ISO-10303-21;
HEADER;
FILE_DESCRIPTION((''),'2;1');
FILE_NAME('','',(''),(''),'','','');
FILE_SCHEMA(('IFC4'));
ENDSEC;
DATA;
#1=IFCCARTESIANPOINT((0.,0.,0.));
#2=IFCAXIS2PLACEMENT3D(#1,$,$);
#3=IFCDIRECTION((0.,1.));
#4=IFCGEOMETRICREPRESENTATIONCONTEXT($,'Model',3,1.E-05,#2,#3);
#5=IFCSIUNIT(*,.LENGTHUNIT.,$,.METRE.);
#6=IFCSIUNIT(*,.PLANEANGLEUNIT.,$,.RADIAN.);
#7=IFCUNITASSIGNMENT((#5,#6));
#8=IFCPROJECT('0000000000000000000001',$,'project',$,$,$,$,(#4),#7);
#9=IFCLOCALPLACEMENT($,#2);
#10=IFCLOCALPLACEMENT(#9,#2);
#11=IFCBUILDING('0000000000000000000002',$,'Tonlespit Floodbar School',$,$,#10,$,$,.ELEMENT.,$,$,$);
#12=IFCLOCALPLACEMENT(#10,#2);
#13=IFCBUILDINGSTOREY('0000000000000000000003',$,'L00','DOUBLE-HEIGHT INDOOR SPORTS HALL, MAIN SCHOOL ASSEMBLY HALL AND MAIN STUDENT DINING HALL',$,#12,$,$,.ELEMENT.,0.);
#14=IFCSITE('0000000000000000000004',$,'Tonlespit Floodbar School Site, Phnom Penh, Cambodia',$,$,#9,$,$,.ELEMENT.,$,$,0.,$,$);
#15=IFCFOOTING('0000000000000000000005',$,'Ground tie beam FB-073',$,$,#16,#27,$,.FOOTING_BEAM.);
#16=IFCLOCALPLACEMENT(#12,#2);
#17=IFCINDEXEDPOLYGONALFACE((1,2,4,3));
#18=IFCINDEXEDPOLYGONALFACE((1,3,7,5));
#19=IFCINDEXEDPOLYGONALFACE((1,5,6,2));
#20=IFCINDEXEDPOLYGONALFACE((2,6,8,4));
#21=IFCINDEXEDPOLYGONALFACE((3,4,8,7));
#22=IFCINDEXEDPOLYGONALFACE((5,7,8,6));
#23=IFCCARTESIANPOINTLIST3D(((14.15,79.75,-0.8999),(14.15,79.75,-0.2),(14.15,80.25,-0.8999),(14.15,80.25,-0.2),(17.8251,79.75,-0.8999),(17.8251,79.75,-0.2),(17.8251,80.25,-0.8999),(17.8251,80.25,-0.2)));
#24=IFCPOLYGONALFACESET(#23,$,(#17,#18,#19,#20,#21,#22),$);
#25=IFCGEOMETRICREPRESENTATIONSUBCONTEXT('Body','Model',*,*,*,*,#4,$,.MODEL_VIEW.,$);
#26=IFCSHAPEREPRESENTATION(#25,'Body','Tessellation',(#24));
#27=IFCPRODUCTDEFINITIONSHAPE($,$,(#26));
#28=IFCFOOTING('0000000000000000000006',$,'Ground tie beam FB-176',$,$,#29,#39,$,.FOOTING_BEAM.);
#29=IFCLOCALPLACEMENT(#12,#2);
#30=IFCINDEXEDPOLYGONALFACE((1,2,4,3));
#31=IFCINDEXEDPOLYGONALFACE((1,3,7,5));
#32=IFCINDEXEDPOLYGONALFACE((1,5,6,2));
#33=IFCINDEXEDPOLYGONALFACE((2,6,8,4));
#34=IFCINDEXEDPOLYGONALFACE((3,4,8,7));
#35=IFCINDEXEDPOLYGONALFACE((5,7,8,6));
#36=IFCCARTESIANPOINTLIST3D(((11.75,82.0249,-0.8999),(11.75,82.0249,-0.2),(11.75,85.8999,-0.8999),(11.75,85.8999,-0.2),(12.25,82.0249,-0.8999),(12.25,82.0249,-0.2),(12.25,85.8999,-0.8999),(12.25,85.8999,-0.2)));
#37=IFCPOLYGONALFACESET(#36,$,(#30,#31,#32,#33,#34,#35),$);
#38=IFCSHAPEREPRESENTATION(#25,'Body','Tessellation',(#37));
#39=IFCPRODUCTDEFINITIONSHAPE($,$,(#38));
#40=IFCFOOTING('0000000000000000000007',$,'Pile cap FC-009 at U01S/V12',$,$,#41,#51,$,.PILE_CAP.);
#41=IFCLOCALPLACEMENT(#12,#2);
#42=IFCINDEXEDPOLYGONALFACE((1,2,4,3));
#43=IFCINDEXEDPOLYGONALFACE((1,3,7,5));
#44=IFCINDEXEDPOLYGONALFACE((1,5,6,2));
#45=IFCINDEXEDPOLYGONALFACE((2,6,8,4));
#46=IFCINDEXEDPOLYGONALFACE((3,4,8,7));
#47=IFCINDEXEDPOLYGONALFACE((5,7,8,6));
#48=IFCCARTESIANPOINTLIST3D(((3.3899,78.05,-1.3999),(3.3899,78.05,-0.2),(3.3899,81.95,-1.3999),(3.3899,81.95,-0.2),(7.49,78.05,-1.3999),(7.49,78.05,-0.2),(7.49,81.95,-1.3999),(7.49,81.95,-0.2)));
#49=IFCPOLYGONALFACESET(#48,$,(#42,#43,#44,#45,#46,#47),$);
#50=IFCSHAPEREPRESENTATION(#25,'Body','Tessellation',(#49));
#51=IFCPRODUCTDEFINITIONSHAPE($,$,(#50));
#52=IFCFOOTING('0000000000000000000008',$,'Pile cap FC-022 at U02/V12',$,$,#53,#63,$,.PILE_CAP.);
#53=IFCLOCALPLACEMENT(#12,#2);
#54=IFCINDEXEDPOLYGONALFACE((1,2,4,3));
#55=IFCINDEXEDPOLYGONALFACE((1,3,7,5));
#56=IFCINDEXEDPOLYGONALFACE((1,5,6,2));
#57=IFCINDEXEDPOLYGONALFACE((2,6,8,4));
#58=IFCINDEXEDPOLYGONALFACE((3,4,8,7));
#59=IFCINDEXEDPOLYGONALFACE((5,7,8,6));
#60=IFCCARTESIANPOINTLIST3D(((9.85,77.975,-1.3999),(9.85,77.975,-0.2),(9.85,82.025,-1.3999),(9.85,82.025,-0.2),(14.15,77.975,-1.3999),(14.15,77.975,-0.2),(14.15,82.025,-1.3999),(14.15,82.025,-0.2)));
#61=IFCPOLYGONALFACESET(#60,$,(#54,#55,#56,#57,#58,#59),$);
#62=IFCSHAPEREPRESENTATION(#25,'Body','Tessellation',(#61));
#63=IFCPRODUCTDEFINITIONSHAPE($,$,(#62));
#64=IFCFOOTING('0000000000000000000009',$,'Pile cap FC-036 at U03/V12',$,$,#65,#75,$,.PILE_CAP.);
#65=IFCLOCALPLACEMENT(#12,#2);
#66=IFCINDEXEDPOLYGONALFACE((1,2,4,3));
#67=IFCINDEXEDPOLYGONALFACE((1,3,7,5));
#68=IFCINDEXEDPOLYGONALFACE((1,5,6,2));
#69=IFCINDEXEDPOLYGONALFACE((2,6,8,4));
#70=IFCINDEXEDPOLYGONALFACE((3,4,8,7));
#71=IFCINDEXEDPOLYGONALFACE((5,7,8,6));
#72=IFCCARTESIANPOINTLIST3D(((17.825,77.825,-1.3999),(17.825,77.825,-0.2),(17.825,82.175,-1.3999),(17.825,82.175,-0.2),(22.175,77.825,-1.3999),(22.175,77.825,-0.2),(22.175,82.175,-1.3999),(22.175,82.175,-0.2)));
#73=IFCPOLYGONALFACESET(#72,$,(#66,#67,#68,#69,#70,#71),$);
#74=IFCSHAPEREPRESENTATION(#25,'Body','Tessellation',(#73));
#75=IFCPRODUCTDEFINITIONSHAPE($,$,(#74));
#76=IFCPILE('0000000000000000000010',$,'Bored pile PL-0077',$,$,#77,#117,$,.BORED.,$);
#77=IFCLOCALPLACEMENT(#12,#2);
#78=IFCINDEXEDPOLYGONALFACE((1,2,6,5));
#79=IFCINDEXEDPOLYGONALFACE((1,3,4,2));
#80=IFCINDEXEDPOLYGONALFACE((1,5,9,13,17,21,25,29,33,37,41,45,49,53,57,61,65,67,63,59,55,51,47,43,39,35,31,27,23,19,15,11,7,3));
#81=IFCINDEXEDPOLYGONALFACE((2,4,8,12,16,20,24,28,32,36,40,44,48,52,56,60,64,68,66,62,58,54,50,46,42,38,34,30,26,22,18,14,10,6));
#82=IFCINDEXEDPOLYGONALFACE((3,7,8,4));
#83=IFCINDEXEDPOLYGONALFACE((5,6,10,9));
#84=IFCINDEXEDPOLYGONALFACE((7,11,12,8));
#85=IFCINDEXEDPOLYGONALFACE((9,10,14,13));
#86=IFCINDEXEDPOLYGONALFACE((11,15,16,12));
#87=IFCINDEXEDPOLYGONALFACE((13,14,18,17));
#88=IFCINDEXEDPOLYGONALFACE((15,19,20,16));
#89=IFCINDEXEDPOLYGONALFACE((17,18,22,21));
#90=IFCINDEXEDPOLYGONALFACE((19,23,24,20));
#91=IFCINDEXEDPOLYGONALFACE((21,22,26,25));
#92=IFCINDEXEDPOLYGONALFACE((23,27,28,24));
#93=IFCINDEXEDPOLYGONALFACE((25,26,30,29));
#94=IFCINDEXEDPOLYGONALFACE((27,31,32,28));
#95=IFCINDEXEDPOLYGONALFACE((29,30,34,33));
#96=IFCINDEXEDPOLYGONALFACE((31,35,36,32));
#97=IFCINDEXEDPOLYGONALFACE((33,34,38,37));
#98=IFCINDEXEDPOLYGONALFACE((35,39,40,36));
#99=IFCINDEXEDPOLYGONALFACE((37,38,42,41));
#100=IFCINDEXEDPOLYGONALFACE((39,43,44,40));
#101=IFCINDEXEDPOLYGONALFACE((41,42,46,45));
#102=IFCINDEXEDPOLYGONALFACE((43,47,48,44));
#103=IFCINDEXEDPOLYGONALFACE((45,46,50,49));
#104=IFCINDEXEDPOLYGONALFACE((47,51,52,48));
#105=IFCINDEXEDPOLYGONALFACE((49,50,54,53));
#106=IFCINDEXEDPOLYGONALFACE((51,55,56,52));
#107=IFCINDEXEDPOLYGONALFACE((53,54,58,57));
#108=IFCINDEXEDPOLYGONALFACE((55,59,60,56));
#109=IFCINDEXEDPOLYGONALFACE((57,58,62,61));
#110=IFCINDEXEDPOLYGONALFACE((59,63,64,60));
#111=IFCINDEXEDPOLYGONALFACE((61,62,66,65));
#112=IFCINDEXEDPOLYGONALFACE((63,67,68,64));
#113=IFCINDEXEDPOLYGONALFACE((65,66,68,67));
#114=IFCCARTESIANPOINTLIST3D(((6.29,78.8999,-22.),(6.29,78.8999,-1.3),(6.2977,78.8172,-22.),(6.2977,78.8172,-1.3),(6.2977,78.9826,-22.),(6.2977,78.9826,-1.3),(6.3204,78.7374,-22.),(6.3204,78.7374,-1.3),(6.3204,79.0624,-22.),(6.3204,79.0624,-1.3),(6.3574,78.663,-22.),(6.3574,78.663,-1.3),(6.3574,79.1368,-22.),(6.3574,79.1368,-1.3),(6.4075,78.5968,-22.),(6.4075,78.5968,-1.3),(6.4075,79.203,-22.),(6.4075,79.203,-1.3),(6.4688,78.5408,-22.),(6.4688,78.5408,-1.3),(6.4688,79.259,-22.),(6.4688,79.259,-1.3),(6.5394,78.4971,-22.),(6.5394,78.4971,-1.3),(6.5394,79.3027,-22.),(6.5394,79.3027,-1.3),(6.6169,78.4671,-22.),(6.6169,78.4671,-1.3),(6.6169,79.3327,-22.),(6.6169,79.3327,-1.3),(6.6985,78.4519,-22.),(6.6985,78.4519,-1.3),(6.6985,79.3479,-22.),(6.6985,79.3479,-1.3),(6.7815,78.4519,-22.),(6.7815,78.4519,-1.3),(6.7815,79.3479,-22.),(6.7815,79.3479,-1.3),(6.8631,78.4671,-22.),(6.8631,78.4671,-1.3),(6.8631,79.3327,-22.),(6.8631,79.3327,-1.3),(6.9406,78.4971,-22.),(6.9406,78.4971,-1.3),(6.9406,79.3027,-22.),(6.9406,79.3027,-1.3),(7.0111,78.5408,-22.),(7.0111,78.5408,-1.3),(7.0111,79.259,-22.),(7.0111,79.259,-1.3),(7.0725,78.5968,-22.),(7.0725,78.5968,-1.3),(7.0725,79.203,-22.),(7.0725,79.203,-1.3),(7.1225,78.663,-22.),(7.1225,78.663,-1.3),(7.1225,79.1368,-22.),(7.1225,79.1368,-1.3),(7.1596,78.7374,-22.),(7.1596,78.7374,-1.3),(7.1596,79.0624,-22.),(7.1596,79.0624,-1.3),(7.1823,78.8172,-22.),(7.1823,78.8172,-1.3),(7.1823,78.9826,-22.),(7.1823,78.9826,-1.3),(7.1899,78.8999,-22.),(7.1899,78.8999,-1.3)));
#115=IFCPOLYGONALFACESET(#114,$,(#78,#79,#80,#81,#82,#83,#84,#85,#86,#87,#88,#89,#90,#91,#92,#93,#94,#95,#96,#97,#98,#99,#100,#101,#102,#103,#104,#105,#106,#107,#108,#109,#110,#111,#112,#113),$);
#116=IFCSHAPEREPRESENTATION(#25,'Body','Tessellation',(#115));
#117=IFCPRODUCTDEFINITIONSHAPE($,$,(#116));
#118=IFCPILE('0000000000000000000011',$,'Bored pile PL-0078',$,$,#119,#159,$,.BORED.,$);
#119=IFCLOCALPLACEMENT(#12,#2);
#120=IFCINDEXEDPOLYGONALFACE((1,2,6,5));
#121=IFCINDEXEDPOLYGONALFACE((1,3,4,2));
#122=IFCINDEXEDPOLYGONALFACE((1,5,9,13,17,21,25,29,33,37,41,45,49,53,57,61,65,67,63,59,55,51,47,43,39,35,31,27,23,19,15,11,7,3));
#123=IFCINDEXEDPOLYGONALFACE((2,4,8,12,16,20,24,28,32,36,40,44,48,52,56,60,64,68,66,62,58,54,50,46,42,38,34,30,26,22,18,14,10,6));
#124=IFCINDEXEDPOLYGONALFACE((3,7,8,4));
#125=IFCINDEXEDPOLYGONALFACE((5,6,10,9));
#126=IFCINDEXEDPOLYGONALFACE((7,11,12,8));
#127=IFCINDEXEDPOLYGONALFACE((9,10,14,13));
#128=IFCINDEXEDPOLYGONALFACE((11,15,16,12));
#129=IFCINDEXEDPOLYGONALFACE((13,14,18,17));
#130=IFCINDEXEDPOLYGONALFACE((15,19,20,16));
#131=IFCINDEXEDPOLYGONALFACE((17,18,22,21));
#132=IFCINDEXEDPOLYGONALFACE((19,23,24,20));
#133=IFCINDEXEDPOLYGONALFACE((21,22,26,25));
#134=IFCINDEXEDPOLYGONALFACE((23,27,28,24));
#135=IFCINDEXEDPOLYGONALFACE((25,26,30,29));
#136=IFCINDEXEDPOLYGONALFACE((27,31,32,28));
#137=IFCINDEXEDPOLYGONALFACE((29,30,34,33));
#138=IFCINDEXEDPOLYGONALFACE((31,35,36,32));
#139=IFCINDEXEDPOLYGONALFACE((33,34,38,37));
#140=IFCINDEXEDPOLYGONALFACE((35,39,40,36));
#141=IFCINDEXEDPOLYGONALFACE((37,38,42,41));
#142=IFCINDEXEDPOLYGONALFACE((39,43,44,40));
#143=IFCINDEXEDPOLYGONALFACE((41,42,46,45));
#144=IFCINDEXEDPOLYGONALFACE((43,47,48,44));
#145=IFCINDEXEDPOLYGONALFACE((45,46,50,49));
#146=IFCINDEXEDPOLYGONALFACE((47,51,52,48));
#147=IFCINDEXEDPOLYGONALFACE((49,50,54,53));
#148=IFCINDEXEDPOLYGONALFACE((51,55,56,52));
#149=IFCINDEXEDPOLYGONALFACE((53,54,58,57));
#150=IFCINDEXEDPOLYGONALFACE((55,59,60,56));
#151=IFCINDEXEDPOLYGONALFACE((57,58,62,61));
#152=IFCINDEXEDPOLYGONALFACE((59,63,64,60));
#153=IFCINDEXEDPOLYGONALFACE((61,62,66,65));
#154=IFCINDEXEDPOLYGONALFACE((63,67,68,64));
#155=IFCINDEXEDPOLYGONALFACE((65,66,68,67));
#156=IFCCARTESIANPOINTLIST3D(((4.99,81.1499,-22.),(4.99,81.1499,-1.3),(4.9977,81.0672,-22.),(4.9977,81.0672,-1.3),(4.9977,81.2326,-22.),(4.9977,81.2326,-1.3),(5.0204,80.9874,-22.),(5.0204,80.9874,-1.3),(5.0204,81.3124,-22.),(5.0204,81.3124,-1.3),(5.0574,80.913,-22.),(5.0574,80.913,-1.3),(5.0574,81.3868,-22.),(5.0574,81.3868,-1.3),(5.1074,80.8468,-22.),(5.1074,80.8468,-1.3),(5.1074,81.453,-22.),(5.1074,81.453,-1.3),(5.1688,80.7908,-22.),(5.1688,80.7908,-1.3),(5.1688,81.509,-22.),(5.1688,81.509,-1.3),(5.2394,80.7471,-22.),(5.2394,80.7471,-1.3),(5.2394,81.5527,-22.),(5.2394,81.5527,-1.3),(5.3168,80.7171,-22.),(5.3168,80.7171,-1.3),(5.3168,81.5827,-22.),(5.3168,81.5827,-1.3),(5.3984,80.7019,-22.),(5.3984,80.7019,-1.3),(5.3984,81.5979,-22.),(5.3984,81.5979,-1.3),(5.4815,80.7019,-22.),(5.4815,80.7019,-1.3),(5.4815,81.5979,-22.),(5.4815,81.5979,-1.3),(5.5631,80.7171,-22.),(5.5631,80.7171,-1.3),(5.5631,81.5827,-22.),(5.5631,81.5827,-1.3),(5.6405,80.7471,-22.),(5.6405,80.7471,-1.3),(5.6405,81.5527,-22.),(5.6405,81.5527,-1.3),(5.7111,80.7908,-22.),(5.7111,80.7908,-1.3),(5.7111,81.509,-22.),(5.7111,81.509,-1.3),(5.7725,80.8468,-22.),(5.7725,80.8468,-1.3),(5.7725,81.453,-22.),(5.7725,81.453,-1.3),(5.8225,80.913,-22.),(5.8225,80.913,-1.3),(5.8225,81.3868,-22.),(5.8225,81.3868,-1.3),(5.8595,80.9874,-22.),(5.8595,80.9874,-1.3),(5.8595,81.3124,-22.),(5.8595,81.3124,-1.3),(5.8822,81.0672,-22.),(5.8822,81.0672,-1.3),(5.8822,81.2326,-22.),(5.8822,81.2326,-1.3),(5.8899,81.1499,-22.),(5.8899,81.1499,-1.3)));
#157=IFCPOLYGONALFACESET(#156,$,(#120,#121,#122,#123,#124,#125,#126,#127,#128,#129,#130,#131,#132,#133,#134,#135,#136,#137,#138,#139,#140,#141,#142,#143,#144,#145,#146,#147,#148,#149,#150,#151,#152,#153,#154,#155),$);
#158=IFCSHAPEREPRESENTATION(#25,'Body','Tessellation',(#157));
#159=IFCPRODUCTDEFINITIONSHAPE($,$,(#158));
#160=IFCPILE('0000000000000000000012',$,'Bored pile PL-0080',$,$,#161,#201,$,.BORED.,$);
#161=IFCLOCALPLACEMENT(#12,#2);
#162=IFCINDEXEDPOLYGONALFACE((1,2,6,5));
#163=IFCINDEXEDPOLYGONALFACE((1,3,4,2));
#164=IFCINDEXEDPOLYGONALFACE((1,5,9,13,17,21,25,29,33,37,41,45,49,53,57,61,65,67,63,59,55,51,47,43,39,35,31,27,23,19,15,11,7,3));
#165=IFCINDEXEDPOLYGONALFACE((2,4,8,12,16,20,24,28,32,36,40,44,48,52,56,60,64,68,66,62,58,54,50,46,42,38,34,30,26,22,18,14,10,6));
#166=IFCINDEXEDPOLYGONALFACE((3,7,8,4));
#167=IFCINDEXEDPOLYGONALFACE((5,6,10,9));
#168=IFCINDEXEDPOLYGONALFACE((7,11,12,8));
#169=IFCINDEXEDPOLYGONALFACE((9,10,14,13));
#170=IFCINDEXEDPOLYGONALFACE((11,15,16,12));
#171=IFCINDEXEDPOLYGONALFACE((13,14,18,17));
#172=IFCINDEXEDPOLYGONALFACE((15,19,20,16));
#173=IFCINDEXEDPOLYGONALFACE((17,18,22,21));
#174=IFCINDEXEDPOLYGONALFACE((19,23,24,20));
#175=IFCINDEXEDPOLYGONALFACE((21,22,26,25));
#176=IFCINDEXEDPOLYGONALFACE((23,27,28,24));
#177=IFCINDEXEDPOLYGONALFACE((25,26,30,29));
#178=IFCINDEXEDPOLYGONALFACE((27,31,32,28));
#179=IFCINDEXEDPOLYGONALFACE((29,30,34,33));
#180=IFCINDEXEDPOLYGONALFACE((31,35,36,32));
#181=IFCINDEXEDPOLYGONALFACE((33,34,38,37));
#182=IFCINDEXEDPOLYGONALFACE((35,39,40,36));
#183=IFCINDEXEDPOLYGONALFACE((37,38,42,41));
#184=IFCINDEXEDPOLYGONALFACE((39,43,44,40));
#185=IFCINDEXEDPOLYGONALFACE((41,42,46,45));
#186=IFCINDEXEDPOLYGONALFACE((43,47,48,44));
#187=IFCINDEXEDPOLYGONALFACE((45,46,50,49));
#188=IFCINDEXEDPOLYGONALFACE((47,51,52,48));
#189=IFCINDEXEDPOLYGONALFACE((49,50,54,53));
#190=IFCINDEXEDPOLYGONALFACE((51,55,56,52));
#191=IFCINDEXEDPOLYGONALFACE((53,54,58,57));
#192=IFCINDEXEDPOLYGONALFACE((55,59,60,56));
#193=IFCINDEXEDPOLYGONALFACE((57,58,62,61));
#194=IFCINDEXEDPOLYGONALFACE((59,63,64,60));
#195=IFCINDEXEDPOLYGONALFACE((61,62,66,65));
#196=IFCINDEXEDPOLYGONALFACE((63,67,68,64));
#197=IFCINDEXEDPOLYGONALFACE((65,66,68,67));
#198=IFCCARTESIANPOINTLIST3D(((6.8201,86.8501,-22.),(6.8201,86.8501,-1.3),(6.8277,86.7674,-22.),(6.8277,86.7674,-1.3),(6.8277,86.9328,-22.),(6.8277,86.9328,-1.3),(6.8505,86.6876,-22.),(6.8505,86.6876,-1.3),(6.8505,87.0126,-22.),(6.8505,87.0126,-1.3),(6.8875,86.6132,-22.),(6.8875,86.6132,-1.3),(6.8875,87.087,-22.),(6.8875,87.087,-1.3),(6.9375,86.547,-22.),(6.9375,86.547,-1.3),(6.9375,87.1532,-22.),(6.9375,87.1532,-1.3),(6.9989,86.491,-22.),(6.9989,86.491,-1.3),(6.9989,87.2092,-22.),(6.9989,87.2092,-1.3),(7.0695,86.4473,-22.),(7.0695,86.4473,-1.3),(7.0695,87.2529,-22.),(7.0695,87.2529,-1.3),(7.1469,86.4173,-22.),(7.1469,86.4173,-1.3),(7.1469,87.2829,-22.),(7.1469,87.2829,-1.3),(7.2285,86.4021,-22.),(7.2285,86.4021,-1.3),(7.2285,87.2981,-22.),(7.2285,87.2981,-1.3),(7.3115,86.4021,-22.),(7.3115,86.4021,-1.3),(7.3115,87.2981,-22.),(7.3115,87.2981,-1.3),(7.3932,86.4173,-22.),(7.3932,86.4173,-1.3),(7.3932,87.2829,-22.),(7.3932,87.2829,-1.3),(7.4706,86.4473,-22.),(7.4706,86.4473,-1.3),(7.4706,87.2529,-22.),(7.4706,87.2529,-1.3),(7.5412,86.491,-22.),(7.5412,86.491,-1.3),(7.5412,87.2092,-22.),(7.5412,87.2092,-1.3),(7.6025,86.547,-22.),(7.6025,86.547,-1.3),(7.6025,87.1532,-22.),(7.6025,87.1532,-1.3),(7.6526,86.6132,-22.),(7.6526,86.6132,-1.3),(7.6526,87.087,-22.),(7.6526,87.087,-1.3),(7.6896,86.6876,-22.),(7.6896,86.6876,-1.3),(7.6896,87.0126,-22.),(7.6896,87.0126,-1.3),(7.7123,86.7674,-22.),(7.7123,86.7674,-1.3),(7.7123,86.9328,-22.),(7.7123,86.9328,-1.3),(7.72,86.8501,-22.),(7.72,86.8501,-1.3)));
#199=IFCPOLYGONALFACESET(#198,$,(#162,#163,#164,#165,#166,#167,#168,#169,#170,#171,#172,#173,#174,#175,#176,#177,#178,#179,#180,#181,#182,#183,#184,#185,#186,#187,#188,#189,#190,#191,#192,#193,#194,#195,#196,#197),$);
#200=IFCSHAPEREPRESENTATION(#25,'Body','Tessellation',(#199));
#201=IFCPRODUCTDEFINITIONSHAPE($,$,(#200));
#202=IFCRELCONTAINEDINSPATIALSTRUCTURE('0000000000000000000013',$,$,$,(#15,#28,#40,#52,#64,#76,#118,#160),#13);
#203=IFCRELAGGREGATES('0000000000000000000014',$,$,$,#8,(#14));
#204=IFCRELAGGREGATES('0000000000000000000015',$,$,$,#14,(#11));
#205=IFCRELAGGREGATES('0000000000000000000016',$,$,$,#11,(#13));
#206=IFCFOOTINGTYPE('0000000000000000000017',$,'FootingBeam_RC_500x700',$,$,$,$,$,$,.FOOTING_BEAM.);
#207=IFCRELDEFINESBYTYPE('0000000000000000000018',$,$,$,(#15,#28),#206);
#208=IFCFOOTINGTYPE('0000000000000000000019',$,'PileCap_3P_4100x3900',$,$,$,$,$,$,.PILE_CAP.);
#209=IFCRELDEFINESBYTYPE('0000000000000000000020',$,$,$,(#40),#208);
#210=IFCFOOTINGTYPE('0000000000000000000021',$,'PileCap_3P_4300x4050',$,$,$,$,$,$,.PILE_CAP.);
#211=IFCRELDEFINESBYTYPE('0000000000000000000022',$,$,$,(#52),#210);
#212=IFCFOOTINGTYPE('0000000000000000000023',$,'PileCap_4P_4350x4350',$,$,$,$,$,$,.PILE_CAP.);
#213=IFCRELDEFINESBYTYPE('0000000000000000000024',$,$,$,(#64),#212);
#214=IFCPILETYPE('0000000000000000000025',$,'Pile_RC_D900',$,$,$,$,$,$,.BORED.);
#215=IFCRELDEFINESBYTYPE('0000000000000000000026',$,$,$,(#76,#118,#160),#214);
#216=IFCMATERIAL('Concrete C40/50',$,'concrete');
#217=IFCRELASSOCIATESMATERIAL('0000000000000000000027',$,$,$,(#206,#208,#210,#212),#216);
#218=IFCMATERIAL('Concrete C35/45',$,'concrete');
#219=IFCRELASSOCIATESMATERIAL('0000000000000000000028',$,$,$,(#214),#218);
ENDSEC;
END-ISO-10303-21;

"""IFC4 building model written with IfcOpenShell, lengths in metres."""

from ifc_helpers import new_model, si_unit, direction, frame, origin, origin_2d, place, context, subcontext, project, spatial, rectangle, circle, extrude, material, material_profile, profile_set, type_object, element, save


model = new_model("IFC4")

# Units and contexts
model_context = context("Model", 3, precision=1e-05, world=origin(), true_north=direction((0.0, 1.0)))
body_context = subcontext(model_context, "Body", "Model", "MODEL_VIEW")
ifc_project = project(units=[si_unit("LENGTHUNIT", "METRE"), si_unit("PLANEANGLEUNIT", "RADIAN")], contexts=[model_context])

# Site, building, storey
site_placement = place(None, origin())
site = spatial("IfcSite", under=ifc_project, at=site_placement, Name="Tonlespit Floodbar School Site, Phnom Penh, Cambodia", CompositionType="ELEMENT", RefElevation=0.0)
building_placement = place(site_placement, origin())
building = spatial("IfcBuilding", under=site, at=building_placement, Name="Tonlespit Floodbar School", CompositionType="ELEMENT")
storey_placement = place(building_placement, origin())
storey = spatial("IfcBuildingStorey", under=building, at=storey_placement, Name="L00", Description="DOUBLE-HEIGHT INDOOR SPORTS HALL, MAIN SCHOOL ASSEMBLY HALL AND MAIN STUDENT DINING HALL", CompositionType="ELEMENT", Elevation=0.0)

# Footings
ifc_material_1 = material(Name="Concrete C40/50", Category="concrete")
footing_type_1 = type_object("IfcFootingType", Name="FootingBeam_RC_500x700", PredefinedType="FOOTING_BEAM", material=ifc_material_1)
footing_1_placement = place(storey_placement, frame((15.9875, 80.0, -0.8999), z_axis=(0.0, 0.0, 1.0), x_axis=(1.0, 0.0, 0.0)))
element("IfcFooting", 1, at=footing_1_placement, inside=storey, type_object=footing_type_1, Name="Ground tie beam FB-073", PredefinedType="FOOTING_BEAM", context=body_context, shape_type="SweptSolid", body=[
    extrude(rectangle(XDim=3.675, YDim=0.5, at=origin_2d()), origin(), (0.0, 0.0, 1.0), 0.7),
])
footing_2_placement = place(storey_placement, frame((12.0, 83.9624, -0.8999), z_axis=(0.0, 0.0, 1.0), x_axis=(0.0, 1.0, 0.0)))
element("IfcFooting", 2, at=footing_2_placement, inside=storey, type_object=footing_type_1, Name="Ground tie beam FB-176", PredefinedType="FOOTING_BEAM", context=body_context, shape_type="SweptSolid", body=[
    extrude(rectangle(XDim=3.875, YDim=0.5, at=origin_2d()), origin(), (0.0, 0.0, 1.0), 0.7),
])
footing_type_2 = type_object("IfcFootingType", Name="PileCap_3P_4100x3900", PredefinedType="PILE_CAP", material=ifc_material_1)
footing_3_placement = place(storey_placement, frame((5.4399, 80.0, -1.3999), z_axis=(0.0, 0.0, 1.0), x_axis=(1.0, 0.0, 0.0)))
element("IfcFooting", 3, at=footing_3_placement, inside=storey, type_object=footing_type_2, Name="Pile cap FC-009 at U01S/V12", PredefinedType="PILE_CAP", context=body_context, shape_type="SweptSolid", body=[
    extrude(rectangle(XDim=4.1001, YDim=3.8999, at=origin_2d()), origin(), (0.0, 0.0, 1.0), 1.2),
])
footing_type_3 = type_object("IfcFootingType", Name="PileCap_3P_4300x4050", PredefinedType="PILE_CAP", material=ifc_material_1)
footing_4_placement = place(storey_placement, frame((12.0, 80.0, -1.3999), z_axis=(0.0, 0.0, 1.0), x_axis=(1.0, 0.0, 0.0)))
element("IfcFooting", 4, at=footing_4_placement, inside=storey, type_object=footing_type_3, Name="Pile cap FC-022 at U02/V12", PredefinedType="PILE_CAP", context=body_context, shape_type="SweptSolid", body=[
    extrude(rectangle(XDim=4.3, YDim=4.05, at=origin_2d()), origin(), (0.0, 0.0, 1.0), 1.2),
])
footing_type_4 = type_object("IfcFootingType", Name="PileCap_4P_4350x4350", PredefinedType="PILE_CAP", material=ifc_material_1)
footing_5_placement = place(storey_placement, frame((20.0, 80.0, -1.3999), z_axis=(0.0, 0.0, 1.0), x_axis=(1.0, 0.0, 0.0)))
element("IfcFooting", 5, at=footing_5_placement, inside=storey, type_object=footing_type_4, Name="Pile cap FC-036 at U03/V12", PredefinedType="PILE_CAP", context=body_context, shape_type="SweptSolid", body=[
    extrude(rectangle(XDim=4.3501, YDim=4.3501, at=origin_2d()), origin(), (0.0, 0.0, 1.0), 1.2),
])

# Piles
ifc_material_2 = material(Name="Concrete C35/45", Category="concrete")
ifc_material_profile_1 = material_profile(ifc_material_2, circle(Radius=0.45, at=origin_2d()), Name="BP D900")
ifc_profile_set_1 = profile_set([ifc_material_profile_1], Name="Concrete C35/45")
pile_type = type_object("IfcPileType", Name="Pile_RC_D900", PredefinedType="BORED", material=ifc_profile_set_1)
for number, where, z_axis, x_axis, name in (
    (6, (6.74, 78.8999, -1.3), (0.0, 0.0, -1.0), (1.0, 0.0, 0.0), "Bored pile PL-0077"),
    (7, (5.4399, 81.1499, -1.3), (0.0, 0.0, -1.0), (1.0, 0.0, 0.0), "Bored pile PL-0078"),
    (8, (7.27, 86.8501, -1.3), (0.0, 0.0, -1.0), (1.0, 0.0, 0.0), "Bored pile PL-0080"),
):
    element("IfcPile", number, at=place(storey_placement, frame(where, z_axis=z_axis, x_axis=x_axis)), inside=storey, type_object=pile_type, Name=name, PredefinedType="BORED", context=body_context, shape_type="SweptSolid", body=[
        extrude(circle(Radius=0.45, at=origin_2d()), origin(), (0.0, 0.0, 1.0), 20.7),
    ])

save(model, "model.ifc")
